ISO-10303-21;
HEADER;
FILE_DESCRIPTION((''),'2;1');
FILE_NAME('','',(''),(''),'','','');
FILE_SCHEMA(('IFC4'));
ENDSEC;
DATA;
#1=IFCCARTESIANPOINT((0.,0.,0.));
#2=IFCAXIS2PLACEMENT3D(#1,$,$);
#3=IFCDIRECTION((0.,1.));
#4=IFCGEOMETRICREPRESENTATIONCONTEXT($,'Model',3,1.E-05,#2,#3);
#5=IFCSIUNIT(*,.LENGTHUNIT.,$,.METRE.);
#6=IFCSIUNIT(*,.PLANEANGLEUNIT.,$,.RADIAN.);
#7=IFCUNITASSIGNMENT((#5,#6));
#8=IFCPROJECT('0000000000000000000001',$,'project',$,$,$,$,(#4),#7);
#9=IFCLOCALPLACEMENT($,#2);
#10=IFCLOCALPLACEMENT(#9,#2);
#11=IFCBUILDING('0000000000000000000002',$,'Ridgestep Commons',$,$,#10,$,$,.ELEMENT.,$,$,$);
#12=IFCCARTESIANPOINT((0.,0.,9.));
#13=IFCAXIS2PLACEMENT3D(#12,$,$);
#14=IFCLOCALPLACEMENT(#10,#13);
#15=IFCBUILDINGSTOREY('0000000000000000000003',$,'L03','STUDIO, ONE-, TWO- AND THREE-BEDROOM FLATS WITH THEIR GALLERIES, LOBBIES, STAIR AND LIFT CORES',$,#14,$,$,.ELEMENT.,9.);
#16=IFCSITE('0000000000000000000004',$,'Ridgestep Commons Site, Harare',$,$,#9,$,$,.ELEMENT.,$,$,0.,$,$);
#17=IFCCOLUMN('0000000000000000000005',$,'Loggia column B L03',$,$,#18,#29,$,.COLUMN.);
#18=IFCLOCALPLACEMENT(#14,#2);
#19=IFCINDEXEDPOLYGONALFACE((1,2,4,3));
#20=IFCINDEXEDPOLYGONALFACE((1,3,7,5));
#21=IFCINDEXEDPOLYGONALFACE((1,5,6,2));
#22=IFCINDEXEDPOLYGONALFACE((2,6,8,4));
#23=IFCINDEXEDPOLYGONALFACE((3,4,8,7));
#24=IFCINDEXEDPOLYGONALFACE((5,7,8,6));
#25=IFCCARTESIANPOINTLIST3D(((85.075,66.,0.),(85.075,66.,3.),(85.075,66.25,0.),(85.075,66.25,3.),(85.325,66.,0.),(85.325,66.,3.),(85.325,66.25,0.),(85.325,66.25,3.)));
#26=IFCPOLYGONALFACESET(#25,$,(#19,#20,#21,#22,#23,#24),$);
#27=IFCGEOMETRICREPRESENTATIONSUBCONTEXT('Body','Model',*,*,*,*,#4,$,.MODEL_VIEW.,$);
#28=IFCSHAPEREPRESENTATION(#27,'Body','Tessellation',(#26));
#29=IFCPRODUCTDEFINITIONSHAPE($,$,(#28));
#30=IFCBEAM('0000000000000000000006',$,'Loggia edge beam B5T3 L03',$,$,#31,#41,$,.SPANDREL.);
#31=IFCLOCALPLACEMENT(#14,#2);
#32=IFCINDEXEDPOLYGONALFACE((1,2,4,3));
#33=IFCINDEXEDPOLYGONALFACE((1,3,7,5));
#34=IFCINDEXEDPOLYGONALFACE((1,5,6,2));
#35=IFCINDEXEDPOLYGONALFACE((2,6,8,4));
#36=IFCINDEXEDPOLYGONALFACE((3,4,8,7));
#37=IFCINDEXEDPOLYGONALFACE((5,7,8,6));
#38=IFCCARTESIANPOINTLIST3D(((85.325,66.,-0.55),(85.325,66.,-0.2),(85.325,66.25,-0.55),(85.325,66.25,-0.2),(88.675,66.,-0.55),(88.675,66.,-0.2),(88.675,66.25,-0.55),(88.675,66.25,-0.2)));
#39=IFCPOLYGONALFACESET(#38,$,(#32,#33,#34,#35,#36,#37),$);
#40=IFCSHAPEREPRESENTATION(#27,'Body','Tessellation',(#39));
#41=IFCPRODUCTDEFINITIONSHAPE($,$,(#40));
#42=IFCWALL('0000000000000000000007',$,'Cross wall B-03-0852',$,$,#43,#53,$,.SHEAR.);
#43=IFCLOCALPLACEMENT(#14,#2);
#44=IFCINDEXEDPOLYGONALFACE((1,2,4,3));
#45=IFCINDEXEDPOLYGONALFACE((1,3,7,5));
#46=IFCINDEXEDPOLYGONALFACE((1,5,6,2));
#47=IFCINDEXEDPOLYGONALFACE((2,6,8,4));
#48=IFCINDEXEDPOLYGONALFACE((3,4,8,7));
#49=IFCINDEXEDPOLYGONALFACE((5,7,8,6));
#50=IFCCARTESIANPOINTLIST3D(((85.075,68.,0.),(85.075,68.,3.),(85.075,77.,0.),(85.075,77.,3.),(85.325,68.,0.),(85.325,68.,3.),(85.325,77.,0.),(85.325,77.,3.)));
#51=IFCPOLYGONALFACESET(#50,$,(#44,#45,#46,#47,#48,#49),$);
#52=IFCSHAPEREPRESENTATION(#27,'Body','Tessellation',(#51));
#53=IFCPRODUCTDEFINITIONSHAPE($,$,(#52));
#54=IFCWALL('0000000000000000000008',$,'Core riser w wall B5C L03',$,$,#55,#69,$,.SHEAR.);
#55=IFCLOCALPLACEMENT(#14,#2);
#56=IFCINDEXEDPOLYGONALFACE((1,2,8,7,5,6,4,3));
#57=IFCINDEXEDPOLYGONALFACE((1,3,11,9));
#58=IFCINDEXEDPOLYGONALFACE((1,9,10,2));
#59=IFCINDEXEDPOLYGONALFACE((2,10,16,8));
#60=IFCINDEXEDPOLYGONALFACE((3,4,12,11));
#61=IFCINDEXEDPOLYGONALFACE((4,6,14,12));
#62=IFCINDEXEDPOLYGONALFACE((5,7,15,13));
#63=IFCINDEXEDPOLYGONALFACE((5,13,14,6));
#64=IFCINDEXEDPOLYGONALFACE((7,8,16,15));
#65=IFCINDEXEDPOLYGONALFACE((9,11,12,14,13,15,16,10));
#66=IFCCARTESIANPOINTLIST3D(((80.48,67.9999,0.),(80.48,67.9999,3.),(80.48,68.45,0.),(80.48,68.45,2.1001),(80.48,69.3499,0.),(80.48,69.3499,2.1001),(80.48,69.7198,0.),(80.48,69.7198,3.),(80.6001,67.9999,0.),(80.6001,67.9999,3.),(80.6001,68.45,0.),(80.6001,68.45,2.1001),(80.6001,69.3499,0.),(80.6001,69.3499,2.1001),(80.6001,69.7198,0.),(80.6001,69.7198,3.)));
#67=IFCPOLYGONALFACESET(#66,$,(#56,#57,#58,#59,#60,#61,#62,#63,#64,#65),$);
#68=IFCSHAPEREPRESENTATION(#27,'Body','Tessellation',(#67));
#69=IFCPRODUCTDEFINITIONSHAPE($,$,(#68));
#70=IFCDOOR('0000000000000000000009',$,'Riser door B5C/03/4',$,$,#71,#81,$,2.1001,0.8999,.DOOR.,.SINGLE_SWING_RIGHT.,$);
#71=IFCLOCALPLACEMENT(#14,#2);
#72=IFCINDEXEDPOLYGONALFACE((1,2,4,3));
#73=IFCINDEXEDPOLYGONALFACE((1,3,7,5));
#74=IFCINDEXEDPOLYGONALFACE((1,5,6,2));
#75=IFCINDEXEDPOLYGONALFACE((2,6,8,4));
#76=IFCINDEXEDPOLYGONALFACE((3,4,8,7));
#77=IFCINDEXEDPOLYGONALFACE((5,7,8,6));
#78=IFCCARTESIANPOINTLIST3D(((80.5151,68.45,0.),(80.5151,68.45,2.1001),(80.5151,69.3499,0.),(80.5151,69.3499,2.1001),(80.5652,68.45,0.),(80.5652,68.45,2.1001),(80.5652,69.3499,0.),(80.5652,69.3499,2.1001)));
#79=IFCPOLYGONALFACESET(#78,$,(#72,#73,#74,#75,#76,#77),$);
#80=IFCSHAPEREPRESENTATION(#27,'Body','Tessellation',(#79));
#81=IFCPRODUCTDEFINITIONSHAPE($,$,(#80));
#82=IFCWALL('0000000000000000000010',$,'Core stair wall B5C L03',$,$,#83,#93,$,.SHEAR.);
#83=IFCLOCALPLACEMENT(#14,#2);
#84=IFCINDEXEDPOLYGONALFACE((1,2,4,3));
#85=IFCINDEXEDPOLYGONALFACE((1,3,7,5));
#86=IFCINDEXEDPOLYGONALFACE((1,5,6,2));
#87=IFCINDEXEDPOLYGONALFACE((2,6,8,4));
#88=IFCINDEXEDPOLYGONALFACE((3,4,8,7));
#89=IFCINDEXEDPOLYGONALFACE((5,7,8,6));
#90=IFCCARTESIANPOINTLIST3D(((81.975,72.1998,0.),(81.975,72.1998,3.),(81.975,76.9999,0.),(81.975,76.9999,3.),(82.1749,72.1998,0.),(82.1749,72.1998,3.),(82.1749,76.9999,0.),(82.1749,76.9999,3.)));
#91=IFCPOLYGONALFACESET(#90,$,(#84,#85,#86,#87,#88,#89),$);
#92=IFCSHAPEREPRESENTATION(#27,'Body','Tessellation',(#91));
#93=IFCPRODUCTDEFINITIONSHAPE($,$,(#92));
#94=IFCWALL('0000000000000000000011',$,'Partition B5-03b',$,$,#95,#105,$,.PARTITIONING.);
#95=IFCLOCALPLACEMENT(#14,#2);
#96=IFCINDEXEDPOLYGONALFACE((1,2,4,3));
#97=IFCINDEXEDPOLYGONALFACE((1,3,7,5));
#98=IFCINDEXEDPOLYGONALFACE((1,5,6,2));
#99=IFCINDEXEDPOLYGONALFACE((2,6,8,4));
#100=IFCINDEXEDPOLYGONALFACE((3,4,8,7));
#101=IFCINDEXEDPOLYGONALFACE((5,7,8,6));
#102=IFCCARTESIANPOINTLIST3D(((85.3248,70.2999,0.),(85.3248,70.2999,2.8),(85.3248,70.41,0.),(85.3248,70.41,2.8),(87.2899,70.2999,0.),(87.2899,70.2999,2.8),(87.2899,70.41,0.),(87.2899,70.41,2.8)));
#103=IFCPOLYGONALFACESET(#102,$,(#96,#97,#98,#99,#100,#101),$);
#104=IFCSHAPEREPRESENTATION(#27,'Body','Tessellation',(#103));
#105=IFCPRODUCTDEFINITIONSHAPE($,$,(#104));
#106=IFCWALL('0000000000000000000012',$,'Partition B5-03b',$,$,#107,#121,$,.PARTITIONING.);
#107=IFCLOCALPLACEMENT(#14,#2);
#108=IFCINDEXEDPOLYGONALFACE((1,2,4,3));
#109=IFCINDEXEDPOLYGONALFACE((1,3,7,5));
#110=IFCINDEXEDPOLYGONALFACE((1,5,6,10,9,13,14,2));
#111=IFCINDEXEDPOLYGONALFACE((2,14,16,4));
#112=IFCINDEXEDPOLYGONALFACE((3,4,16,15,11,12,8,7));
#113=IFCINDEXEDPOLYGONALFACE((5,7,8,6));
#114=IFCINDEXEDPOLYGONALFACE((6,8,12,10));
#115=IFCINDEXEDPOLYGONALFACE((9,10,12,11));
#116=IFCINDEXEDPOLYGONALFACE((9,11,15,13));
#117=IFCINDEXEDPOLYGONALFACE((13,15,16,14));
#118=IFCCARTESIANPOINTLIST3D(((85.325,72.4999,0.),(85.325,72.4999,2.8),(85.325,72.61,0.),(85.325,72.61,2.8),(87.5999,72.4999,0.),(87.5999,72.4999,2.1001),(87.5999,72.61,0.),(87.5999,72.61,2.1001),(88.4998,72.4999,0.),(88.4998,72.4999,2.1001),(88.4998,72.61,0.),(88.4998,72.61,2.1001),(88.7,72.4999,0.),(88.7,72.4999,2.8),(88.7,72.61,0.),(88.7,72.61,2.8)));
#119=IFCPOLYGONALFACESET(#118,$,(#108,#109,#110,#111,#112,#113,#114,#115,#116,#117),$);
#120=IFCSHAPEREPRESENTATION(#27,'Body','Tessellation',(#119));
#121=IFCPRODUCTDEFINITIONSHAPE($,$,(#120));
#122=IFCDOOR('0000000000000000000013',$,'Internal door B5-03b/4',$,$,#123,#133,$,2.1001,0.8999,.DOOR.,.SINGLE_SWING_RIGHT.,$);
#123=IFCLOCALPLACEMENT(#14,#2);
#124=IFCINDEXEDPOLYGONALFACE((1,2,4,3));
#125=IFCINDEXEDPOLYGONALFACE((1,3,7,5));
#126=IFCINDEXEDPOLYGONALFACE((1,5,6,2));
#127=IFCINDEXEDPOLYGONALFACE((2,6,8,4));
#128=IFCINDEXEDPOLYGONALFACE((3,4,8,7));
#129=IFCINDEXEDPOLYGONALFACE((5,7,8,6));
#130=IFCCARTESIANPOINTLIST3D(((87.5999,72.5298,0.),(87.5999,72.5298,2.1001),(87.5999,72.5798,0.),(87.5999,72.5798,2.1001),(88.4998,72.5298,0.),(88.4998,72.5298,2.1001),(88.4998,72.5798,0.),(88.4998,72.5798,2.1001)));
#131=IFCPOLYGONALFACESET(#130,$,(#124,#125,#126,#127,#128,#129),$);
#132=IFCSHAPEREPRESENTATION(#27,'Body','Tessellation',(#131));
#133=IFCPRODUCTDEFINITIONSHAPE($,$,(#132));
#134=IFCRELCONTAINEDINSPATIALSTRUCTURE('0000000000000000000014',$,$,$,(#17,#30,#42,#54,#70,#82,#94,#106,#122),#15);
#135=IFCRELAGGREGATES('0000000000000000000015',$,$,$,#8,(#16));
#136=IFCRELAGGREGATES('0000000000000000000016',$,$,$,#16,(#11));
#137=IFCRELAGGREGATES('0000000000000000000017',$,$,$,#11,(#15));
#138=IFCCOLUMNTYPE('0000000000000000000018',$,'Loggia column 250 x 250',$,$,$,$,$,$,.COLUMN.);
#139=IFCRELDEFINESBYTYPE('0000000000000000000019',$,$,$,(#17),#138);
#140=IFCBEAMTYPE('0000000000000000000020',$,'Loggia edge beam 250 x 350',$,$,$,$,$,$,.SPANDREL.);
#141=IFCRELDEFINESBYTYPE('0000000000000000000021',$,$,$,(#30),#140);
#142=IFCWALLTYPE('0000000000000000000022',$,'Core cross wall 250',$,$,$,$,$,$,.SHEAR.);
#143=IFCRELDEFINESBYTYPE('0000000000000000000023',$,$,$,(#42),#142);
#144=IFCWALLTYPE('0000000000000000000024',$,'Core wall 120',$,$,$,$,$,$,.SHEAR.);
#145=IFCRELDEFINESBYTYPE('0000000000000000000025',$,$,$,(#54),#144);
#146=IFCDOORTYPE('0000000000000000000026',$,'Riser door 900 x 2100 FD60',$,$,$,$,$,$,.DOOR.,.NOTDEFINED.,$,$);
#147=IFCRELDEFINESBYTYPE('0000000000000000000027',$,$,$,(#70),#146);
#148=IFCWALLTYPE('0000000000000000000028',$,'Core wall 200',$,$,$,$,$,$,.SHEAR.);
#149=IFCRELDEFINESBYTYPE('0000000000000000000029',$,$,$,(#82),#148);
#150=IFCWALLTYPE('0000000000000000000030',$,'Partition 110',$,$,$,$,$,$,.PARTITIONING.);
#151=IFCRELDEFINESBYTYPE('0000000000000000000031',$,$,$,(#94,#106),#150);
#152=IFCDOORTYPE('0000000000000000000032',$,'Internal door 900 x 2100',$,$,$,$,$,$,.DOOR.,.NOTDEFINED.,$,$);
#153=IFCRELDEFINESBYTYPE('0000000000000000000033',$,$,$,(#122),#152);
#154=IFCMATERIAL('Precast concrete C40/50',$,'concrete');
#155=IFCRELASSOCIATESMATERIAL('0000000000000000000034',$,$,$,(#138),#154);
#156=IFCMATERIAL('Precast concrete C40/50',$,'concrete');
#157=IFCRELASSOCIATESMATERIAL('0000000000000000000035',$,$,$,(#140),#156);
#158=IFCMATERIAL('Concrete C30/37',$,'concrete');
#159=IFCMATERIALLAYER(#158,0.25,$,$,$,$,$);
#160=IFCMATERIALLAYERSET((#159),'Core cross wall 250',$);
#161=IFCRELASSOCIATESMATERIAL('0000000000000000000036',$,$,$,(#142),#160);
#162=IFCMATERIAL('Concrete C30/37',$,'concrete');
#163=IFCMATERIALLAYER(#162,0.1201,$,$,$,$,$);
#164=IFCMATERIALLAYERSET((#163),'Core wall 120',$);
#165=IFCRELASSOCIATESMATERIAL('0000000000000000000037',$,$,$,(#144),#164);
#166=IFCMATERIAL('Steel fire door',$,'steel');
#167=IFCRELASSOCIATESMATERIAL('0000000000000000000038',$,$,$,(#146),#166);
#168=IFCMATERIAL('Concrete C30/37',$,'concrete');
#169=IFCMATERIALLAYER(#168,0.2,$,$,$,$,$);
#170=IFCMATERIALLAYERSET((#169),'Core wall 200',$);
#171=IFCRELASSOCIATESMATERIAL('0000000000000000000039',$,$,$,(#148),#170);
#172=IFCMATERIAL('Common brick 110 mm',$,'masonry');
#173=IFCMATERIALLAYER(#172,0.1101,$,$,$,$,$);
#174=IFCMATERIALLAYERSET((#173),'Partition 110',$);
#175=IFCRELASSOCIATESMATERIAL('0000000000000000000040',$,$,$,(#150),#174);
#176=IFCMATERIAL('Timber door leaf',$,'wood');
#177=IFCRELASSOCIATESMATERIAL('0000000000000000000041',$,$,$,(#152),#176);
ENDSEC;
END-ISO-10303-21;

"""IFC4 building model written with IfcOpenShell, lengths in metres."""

from ifc_helpers import new_model, si_unit, direction, frame, frame_2d, origin, origin_2d, place, context, subcontext, project, spatial, rectangle, extrude, material, layer, layer_set, material_profile, profile_set, type_object, element, fill, save


model = new_model("IFC4")

# Units and contexts
model_context = context("Model", 3, precision=1e-05, world=origin(), true_north=direction((0.0, 1.0)))
body_context = subcontext(model_context, "Body", "Model", "MODEL_VIEW")
ifc_project = project(units=[si_unit("LENGTHUNIT", "METRE"), si_unit("PLANEANGLEUNIT", "RADIAN")], contexts=[model_context])

# Site, building, storey
site_placement = place(None, origin())
site = spatial("IfcSite", under=ifc_project, at=site_placement, Name="Ridgestep Commons Site, Harare", CompositionType="ELEMENT", RefElevation=0.0)
building_placement = place(site_placement, origin())
building = spatial("IfcBuilding", under=site, at=building_placement, Name="Ridgestep Commons", CompositionType="ELEMENT")
storey_placement = place(building_placement, frame((0.0, 0.0, 9.0)))
storey = spatial("IfcBuildingStorey", under=building, at=storey_placement, Name="L03", Description="STUDIO, ONE-, TWO- AND THREE-BEDROOM FLATS WITH THEIR GALLERIES, LOBBIES, STAIR AND LIFT CORES", CompositionType="ELEMENT", Elevation=9.0)

# Column
ifc_material_1 = material(Name="Precast concrete C40/50", Category="concrete")
ifc_material_profile_1 = material_profile(ifc_material_1, rectangle(XDim=0.25, YDim=0.25, at=origin_2d()), Name="PC 250x250")
ifc_profile_set_1 = profile_set([ifc_material_profile_1], Name="Precast concrete C40/50")
column_type = type_object("IfcColumnType", Name="Loggia column 250 x 250", PredefinedType="COLUMN", material=ifc_profile_set_1)
column_placement = place(storey_placement, frame((85.2, 66.125, 0.0), z_axis=(0.0, 0.0, 1.0), x_axis=(1.0, 0.0, 0.0)))
element("IfcColumn", 1, at=column_placement, inside=storey, type_object=column_type, Name="Loggia column B L03", PredefinedType="COLUMN", context=body_context, shape_type="SweptSolid", body=[
    extrude(rectangle(XDim=0.25, YDim=0.25, at=origin_2d()), origin(), (0.0, 0.0, 1.0), 3.0),
])

# Beam
ifc_material_2 = material(Name="Precast concrete C40/50", Category="concrete")
ifc_material_profile_2 = material_profile(ifc_material_2, rectangle(XDim=0.25, YDim=0.3501, at=origin_2d()), Name="PC 250x350")
ifc_profile_set_2 = profile_set([ifc_material_profile_2], Name="Precast concrete C40/50")
beam_type = type_object("IfcBeamType", Name="Loggia edge beam 250 x 350", PredefinedType="SPANDREL", material=ifc_profile_set_2)
beam_placement = place(storey_placement, frame((85.325, 66.125, -0.375), z_axis=(1.0, 0.0, 0.0), x_axis=(0.0, 1.0, 0.0)))
element("IfcBeam", 2, at=beam_placement, inside=storey, type_object=beam_type, Name="Loggia edge beam B5T3 L03", PredefinedType="SPANDREL", context=body_context, shape_type="SweptSolid", body=[
    extrude(rectangle(XDim=0.25, YDim=0.3501, at=origin_2d()), origin(), (0.0, 0.0, 1.0), 3.3501),
])

# Wall
ifc_material_3 = material(Name="Concrete C30/37", Category="concrete")
ifc_layer_1 = layer(ifc_material_3, 0.25)
ifc_layer_set_1 = layer_set([ifc_layer_1], Name="Core cross wall 250")
wall_type_1 = type_object("IfcWallType", Name="Core cross wall 250", PredefinedType="SHEAR", material=ifc_layer_set_1)
wall_1_placement = place(storey_placement, frame((85.2, 68.0, 0.0), z_axis=(0.0, 0.0, 1.0), x_axis=(0.0, 1.0, 0.0)))
element("IfcWall", 3, at=wall_1_placement, inside=storey, type_object=wall_type_1, Name="Cross wall B-03-0852", PredefinedType="SHEAR", context=body_context, shape_type="SweptSolid", body=[
    extrude(rectangle(XDim=9.0, YDim=0.25, at=frame_2d((4.5, 0.0))), origin(), (0.0, 0.0, 1.0), 3.0),
])

# Wall, opening, door
ifc_material_4 = material(Name="Concrete C30/37", Category="concrete")
ifc_layer_2 = layer(ifc_material_4, 0.1201)
ifc_layer_set_2 = layer_set([ifc_layer_2], Name="Core wall 120")
wall_type_2 = type_object("IfcWallType", Name="Core wall 120", PredefinedType="SHEAR", material=ifc_layer_set_2)
wall_2_placement = place(storey_placement, frame((80.54, 68.0, 0.0), z_axis=(0.0, 0.0, 1.0), x_axis=(0.0, 1.0, 0.0)))
wall_2 = element("IfcWall", 4, at=wall_2_placement, inside=storey, type_object=wall_type_2, Name="Core riser w wall B5C L03", PredefinedType="SHEAR", context=body_context, shape_type="SweptSolid", body=[
    extrude(rectangle(XDim=1.72, YDim=0.1201, at=frame_2d((0.8599, 0.0))), origin(), (0.0, 0.0, 1.0), 3.0),
])
opening_1_placement = place(wall_2_placement, frame((0.45, 0.0, 0.0)))
opening_1 = element("IfcOpeningElement", 5, at=opening_1_placement, cuts=wall_2, PredefinedType="OPENING", context=body_context, shape_type="SweptSolid", body=[
    extrude(rectangle(XDim=0.8999, YDim=2.1001, at=frame_2d((0.45, 1.05))), frame((0.0, 0.0701, 0.0), z_axis=(0.0, -1.0, 0.0), x_axis=(1.0, 0.0, 0.0)), (0.0, 0.0, 1.0), 0.1401),
])
ifc_material_5 = material(Name="Steel fire door", Category="steel")
door_type_1 = type_object("IfcDoorType", Name="Riser door 900 x 2100 FD60", OperationType="NOTDEFINED", PredefinedType="DOOR", material=ifc_material_5)
door_1_placement = place(opening_1_placement, origin())
door_1 = element("IfcDoor", 6, at=door_1_placement, inside=storey, type_object=door_type_1, Name="Riser door B5C/03/4", OperationType="SINGLE_SWING_RIGHT", OverallHeight=2.1001, OverallWidth=0.8999, PredefinedType="DOOR", context=body_context, shape_type="SweptSolid", body=[
    extrude(rectangle(XDim=0.8999, YDim=2.1001, at=frame_2d((0.45, 1.05))), frame((0.0, 0.0249, 0.0), z_axis=(0.0, -1.0, 0.0), x_axis=(1.0, 0.0, 0.0)), (0.0, 0.0, 1.0), 0.05),
])
fill(opening_1, door_1)

# Walls
ifc_material_6 = material(Name="Concrete C30/37", Category="concrete")
ifc_layer_3 = layer(ifc_material_6, 0.2)
ifc_layer_set_3 = layer_set([ifc_layer_3], Name="Core wall 200")
wall_type_3 = type_object("IfcWallType", Name="Core wall 200", PredefinedType="SHEAR", material=ifc_layer_set_3)
wall_3_placement = place(storey_placement, frame((82.075, 72.2, 0.0), z_axis=(0.0, 0.0, 1.0), x_axis=(0.0, 1.0, 0.0)))
element("IfcWall", 7, at=wall_3_placement, inside=storey, type_object=wall_type_3, Name="Core stair wall B5C L03", PredefinedType="SHEAR", context=body_context, shape_type="SweptSolid", body=[
    extrude(rectangle(XDim=4.8, YDim=0.2, at=frame_2d((2.3999, 0.0))), origin(), (0.0, 0.0, 1.0), 3.0),
])
ifc_material_7 = material(Name="Common brick 110 mm", Category="masonry")
ifc_layer_4 = layer(ifc_material_7, 0.1101)
ifc_layer_set_4 = layer_set([ifc_layer_4], Name="Partition 110")
wall_type_4 = type_object("IfcWallType", Name="Partition 110", PredefinedType="PARTITIONING", material=ifc_layer_set_4)
wall_4_placement = place(storey_placement, frame((85.325, 70.355, 0.0), z_axis=(0.0, 0.0, 1.0), x_axis=(1.0, 0.0, 0.0)))
element("IfcWall", 8, at=wall_4_placement, inside=storey, type_object=wall_type_4, Name="Partition B5-03b", PredefinedType="PARTITIONING", context=body_context, shape_type="SweptSolid", body=[
    extrude(rectangle(XDim=1.9651, YDim=0.1101, at=frame_2d((0.9824, 0.0))), origin(), (0.0, 0.0, 1.0), 2.8),
])

# Wall, opening, door
wall_5_placement = place(storey_placement, frame((85.325, 72.5549, 0.0), z_axis=(0.0, 0.0, 1.0), x_axis=(1.0, 0.0, 0.0)))
wall_5 = element("IfcWall", 9, at=wall_5_placement, inside=storey, type_object=wall_type_4, Name="Partition B5-03b", PredefinedType="PARTITIONING", context=body_context, shape_type="SweptSolid", body=[
    extrude(rectangle(XDim=3.375, YDim=0.1101, at=frame_2d((1.6875, 0.0))), origin(), (0.0, 0.0, 1.0), 2.8),
])
opening_2_placement = place(wall_5_placement, frame((2.2749, 0.0, 0.0)))
opening_2 = element("IfcOpeningElement", 10, at=opening_2_placement, cuts=wall_5, PredefinedType="OPENING", context=body_context, shape_type="SweptSolid", body=[
    extrude(rectangle(XDim=0.8999, YDim=2.1001, at=frame_2d((0.45, 1.05))), frame((0.0, 0.0649, 0.0), z_axis=(0.0, -1.0, 0.0), x_axis=(1.0, 0.0, 0.0)), (0.0, 0.0, 1.0), 0.1301),
])
ifc_material_8 = material(Name="Timber door leaf", Category="wood")
door_type_2 = type_object("IfcDoorType", Name="Internal door 900 x 2100", OperationType="NOTDEFINED", PredefinedType="DOOR", material=ifc_material_8)
door_2_placement = place(opening_2_placement, origin())
door_2 = element("IfcDoor", 11, at=door_2_placement, inside=storey, type_object=door_type_2, Name="Internal door B5-03b/4", OperationType="SINGLE_SWING_RIGHT", OverallHeight=2.1001, OverallWidth=0.8999, PredefinedType="DOOR", context=body_context, shape_type="SweptSolid", body=[
    extrude(rectangle(XDim=0.8999, YDim=2.1001, at=frame_2d((0.45, 1.05))), frame((0.0, 0.0249, 0.0), z_axis=(0.0, -1.0, 0.0), x_axis=(1.0, 0.0, 0.0)), (0.0, 0.0, 1.0), 0.05),
])
fill(opening_2, door_2)

save(model, "model.ifc")
